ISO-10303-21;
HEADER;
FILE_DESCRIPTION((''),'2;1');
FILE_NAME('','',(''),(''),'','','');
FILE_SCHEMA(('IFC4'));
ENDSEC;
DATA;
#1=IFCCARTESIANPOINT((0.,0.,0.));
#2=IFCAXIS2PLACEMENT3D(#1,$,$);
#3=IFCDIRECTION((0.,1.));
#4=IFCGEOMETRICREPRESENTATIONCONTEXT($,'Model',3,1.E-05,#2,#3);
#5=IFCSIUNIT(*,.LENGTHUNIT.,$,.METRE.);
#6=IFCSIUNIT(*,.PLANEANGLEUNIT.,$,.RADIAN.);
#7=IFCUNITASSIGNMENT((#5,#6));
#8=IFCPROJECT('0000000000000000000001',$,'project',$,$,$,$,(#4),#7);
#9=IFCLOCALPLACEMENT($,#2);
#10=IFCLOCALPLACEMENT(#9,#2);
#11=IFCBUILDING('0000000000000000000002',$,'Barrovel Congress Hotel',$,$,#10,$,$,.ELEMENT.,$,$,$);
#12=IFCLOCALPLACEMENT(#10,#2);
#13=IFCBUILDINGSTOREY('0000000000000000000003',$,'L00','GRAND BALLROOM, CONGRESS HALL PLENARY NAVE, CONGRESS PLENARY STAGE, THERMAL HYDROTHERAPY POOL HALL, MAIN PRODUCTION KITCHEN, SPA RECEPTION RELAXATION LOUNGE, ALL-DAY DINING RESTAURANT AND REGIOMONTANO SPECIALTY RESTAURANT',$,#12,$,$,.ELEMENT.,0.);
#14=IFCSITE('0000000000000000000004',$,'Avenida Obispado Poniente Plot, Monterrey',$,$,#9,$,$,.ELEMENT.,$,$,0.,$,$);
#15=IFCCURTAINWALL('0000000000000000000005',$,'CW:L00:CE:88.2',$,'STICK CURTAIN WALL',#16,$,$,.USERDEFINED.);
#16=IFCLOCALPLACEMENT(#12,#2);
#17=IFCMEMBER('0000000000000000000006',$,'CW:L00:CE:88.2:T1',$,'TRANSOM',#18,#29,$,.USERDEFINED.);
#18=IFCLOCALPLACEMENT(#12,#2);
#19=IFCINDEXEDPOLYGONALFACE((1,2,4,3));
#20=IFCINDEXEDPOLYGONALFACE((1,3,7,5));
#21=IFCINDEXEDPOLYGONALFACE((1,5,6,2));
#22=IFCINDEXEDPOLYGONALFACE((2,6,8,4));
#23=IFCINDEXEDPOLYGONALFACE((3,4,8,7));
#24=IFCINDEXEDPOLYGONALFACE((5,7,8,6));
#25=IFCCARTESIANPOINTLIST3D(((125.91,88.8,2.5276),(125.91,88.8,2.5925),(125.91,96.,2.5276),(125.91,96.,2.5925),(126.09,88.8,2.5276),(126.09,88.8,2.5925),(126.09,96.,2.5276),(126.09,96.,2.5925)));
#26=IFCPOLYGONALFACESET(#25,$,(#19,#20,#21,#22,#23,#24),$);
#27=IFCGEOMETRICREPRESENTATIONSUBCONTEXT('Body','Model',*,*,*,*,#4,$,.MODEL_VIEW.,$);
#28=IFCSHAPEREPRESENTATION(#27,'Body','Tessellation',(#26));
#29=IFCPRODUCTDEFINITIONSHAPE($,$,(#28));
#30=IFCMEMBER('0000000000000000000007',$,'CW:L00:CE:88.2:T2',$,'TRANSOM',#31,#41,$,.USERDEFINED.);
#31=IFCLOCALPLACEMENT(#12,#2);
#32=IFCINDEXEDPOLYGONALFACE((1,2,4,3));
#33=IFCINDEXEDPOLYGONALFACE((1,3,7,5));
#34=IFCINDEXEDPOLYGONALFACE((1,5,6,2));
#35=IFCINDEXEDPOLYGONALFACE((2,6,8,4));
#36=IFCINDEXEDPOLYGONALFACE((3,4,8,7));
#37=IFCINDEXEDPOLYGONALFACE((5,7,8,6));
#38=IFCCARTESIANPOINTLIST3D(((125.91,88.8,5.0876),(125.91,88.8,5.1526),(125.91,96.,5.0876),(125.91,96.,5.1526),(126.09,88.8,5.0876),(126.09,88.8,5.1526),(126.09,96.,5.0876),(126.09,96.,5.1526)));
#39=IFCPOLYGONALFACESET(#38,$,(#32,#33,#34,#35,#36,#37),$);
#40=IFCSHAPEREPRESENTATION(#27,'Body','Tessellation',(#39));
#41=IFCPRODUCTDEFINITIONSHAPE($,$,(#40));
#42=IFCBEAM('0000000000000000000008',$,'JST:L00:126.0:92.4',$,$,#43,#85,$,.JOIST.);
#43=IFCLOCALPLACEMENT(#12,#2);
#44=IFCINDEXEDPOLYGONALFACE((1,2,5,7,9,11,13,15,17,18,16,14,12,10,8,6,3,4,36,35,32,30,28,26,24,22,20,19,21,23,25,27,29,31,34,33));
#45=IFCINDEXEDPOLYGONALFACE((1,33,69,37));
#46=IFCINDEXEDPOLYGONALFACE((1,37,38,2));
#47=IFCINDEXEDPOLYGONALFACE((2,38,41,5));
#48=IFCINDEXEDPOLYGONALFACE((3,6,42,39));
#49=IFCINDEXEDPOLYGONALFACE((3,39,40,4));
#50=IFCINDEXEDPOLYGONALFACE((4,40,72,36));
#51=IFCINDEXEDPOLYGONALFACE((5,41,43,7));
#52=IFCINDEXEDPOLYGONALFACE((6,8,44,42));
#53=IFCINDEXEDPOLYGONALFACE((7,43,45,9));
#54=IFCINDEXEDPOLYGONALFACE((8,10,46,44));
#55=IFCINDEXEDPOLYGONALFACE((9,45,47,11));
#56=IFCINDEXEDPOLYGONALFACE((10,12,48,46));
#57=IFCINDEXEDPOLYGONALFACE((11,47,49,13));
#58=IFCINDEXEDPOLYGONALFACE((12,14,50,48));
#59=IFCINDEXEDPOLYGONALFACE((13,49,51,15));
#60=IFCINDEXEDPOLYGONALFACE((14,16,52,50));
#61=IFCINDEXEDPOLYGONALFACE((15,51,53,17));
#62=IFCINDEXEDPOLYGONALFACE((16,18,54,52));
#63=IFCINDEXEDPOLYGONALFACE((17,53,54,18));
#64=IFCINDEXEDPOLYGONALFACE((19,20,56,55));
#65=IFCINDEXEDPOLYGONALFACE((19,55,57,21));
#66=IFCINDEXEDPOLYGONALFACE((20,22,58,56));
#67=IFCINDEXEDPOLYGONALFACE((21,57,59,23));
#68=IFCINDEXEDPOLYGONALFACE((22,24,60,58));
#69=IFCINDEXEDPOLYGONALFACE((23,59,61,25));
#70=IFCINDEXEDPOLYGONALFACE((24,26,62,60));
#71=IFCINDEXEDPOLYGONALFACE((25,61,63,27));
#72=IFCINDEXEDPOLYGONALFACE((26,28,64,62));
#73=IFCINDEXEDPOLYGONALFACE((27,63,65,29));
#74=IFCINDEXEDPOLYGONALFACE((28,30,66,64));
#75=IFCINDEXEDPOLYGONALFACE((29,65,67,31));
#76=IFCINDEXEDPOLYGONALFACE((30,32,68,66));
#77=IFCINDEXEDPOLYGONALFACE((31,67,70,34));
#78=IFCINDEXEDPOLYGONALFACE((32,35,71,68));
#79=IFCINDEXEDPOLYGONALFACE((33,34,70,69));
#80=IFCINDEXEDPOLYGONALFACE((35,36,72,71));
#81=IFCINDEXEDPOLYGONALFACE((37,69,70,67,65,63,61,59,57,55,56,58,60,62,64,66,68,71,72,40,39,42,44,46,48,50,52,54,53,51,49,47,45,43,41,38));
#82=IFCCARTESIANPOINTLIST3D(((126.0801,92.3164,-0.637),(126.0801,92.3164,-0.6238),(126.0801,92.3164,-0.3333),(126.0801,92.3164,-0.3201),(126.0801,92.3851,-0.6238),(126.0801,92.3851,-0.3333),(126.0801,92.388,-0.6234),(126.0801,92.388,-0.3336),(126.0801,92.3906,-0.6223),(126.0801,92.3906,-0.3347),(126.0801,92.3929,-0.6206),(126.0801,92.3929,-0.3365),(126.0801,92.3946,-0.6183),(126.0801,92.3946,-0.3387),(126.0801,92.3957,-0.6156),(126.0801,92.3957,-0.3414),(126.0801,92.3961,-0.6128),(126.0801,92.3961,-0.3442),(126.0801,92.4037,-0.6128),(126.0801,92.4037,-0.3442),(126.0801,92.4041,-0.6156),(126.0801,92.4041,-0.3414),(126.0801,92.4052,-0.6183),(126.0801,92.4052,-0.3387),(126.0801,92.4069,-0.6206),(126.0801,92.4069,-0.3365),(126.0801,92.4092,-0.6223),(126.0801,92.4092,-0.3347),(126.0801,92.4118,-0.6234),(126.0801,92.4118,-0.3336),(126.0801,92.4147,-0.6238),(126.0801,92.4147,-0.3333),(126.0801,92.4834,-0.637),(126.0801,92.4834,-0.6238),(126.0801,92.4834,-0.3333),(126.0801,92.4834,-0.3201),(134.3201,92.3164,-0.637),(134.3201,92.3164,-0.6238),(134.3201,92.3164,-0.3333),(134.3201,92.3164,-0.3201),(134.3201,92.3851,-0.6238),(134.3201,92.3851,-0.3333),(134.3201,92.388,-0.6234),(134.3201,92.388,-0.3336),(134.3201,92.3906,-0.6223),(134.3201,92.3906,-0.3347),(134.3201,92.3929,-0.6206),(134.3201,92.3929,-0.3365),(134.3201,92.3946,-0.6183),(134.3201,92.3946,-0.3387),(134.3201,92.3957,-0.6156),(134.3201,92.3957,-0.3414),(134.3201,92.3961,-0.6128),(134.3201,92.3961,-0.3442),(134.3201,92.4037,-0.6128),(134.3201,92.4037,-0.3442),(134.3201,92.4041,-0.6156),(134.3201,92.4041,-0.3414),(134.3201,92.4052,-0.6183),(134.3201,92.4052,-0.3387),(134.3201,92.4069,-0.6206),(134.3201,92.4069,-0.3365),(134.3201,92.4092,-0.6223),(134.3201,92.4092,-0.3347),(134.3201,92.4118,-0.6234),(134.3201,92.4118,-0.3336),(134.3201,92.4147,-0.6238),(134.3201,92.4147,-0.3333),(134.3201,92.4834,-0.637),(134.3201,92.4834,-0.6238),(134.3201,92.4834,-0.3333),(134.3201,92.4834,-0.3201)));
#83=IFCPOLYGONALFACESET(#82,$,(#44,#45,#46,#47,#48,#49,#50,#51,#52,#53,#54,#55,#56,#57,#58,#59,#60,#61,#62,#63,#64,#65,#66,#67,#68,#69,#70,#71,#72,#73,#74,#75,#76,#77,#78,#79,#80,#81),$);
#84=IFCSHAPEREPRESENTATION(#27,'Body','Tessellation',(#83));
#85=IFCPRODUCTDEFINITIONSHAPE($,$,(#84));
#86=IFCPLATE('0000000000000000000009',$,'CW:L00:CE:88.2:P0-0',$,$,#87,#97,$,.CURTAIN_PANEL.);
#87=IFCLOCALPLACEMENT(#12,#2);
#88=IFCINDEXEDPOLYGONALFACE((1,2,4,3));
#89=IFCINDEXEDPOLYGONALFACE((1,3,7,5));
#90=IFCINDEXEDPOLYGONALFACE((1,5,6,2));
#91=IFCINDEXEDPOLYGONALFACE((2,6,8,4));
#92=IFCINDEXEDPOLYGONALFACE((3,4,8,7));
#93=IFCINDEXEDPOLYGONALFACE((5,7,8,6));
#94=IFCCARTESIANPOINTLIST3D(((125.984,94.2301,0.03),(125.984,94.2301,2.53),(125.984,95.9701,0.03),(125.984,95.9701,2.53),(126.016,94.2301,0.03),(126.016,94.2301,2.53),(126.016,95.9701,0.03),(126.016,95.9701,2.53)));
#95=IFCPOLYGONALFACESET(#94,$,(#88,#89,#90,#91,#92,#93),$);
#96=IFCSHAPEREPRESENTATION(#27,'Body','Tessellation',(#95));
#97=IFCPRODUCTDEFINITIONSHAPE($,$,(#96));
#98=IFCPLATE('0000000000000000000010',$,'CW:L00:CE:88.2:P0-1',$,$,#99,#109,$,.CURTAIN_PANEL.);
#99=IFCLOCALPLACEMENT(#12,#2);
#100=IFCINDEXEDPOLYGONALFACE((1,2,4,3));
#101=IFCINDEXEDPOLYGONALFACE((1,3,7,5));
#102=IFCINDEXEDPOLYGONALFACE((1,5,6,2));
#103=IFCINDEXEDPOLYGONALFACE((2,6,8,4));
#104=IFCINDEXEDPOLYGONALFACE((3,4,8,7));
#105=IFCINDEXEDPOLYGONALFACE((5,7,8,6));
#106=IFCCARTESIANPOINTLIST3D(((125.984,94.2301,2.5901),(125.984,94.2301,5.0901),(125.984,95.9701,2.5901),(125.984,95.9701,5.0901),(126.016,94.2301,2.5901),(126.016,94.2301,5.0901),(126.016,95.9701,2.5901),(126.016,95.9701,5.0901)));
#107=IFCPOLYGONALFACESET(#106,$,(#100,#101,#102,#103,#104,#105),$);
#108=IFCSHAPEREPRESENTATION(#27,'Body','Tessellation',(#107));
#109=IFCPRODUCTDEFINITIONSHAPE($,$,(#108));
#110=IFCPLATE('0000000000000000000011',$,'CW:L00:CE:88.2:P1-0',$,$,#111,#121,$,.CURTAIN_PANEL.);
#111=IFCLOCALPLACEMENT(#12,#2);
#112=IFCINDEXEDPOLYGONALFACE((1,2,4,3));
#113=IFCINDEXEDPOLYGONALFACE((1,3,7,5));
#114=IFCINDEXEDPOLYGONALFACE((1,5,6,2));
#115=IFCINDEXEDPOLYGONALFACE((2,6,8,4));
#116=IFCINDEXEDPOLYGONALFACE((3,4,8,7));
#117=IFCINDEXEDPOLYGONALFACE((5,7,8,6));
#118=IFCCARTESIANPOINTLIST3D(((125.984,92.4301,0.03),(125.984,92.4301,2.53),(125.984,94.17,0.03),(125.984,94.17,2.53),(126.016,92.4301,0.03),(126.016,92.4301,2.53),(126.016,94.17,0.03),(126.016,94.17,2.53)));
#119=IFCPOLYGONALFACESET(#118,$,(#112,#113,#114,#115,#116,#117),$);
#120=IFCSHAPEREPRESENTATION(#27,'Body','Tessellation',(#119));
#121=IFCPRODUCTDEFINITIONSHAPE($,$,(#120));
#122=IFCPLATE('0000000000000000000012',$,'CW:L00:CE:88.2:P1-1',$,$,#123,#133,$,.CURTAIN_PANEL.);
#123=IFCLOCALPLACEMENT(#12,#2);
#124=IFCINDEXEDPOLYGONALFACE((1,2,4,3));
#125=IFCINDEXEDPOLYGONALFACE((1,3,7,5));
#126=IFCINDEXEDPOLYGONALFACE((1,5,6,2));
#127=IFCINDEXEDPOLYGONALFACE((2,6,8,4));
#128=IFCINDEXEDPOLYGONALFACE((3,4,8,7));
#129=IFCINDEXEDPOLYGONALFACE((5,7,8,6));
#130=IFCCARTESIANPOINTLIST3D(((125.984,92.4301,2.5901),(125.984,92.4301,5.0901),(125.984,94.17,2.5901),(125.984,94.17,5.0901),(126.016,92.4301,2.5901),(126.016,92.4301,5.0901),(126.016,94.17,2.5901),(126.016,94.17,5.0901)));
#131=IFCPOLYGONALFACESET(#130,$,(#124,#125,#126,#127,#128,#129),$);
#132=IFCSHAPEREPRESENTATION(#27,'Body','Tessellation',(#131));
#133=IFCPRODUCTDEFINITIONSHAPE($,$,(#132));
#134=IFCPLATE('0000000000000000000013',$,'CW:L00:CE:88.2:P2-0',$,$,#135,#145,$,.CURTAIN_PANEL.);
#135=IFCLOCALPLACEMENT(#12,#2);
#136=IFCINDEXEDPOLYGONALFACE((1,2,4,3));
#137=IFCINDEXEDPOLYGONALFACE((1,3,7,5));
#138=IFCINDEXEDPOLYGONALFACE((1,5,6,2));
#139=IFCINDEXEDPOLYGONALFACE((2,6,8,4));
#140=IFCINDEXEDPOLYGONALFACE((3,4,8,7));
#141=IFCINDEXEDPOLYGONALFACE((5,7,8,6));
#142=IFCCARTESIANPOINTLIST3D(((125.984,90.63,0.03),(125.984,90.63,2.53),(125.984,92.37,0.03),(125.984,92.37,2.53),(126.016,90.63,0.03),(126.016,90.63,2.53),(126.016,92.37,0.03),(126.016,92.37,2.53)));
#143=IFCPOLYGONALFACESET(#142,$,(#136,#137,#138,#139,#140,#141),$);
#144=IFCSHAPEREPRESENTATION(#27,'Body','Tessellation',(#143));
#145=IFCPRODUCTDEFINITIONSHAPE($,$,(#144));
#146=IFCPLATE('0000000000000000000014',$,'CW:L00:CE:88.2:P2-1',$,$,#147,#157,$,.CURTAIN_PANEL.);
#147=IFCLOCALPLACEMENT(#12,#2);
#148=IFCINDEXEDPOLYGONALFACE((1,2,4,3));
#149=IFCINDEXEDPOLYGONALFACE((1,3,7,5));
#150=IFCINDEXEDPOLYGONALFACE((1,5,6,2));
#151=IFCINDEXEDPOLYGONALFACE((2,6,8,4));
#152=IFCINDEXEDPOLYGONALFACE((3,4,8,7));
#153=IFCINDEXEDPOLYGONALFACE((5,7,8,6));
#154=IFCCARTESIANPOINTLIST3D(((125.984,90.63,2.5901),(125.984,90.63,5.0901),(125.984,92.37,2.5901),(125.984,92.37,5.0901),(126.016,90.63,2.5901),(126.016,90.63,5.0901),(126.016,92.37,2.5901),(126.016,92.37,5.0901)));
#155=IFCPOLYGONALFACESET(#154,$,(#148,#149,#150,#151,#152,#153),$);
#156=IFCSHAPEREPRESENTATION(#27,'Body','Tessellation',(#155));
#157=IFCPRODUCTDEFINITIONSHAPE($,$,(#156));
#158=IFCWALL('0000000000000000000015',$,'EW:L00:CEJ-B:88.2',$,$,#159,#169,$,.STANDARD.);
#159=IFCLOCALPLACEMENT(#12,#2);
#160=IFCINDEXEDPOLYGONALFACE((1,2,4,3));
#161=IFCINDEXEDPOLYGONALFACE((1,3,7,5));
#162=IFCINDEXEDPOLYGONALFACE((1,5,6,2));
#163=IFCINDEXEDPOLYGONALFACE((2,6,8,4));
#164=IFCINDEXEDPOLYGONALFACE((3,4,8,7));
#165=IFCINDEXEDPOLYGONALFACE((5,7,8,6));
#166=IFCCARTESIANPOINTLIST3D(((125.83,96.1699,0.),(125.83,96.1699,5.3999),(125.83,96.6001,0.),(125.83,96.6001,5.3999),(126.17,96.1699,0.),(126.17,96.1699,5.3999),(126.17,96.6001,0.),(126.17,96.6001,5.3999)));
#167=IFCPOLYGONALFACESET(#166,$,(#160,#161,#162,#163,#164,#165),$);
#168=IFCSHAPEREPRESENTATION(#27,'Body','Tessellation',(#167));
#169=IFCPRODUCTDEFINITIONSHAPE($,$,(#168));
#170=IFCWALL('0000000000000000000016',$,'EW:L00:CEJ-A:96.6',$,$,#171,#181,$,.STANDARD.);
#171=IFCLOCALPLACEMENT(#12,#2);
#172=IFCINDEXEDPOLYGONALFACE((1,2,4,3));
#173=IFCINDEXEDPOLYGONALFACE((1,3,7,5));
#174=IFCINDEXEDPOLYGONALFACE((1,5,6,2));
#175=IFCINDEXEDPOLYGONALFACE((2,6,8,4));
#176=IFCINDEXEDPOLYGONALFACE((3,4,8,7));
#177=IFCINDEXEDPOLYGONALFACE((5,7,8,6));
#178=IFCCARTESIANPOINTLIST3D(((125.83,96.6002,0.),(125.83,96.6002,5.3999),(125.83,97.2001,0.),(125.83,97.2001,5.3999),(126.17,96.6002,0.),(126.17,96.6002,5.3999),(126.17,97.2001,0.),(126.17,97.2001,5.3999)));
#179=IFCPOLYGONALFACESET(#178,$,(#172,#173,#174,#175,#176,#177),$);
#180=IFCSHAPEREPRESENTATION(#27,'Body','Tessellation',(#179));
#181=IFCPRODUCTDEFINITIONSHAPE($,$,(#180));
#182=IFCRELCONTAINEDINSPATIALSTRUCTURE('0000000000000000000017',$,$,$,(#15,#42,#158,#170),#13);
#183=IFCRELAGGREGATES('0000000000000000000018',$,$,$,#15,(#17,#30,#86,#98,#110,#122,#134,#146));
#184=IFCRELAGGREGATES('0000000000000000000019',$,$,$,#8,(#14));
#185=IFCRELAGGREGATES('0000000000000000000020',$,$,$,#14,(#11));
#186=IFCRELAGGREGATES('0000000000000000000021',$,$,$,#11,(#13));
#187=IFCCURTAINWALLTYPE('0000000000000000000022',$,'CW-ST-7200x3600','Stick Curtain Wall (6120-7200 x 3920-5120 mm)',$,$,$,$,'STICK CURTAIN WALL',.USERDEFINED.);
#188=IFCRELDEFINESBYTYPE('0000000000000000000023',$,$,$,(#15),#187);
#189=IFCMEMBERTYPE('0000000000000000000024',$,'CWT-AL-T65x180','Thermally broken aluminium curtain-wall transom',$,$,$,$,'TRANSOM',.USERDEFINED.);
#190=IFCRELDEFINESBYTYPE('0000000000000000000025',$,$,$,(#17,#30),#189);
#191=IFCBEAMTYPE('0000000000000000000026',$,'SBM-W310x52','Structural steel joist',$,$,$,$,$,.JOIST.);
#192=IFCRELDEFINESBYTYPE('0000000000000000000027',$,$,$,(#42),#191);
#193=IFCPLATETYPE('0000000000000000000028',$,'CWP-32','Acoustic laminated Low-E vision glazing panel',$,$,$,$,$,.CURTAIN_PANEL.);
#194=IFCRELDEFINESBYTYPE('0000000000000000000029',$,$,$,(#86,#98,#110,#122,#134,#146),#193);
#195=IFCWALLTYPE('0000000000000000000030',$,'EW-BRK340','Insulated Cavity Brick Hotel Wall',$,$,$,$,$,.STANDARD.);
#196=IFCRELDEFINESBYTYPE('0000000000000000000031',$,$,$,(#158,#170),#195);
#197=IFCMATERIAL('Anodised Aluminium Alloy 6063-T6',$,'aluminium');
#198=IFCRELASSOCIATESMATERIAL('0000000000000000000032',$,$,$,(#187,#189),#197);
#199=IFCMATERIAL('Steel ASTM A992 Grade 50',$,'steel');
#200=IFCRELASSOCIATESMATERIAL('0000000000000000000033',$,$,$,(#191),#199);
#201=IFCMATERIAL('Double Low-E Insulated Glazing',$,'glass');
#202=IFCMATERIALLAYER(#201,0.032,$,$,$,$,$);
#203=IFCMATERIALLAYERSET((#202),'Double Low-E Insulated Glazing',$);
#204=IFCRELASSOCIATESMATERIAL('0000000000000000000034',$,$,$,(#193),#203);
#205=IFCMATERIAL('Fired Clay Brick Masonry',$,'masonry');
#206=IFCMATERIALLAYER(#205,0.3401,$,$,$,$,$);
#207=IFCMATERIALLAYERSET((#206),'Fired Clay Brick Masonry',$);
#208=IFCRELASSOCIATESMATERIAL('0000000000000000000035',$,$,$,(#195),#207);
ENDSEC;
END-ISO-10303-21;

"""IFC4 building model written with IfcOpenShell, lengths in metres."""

from ifc_helpers import new_model, si_unit, direction, frame, frame_2d, origin, origin_2d, place, context, subcontext, project, spatial, rectangle, i_section, extrude, material, layer, layer_set, material_profile, profile_set, type_object, element, aggregate, save


model = new_model("IFC4")

# Units and contexts
model_context = context("Model", 3, precision=1e-05, world=origin(), true_north=direction((0.0, 1.0)))
body_context = subcontext(model_context, "Body", "Model", "MODEL_VIEW")
ifc_project = project(units=[si_unit("LENGTHUNIT", "METRE"), si_unit("PLANEANGLEUNIT", "RADIAN")], contexts=[model_context])

# Site, building, storey
site_placement = place(None, origin())
site = spatial("IfcSite", under=ifc_project, at=site_placement, Name="Avenida Obispado Poniente Plot, Monterrey", CompositionType="ELEMENT", RefElevation=0.0)
building_placement = place(site_placement, origin())
building = spatial("IfcBuilding", under=site, at=building_placement, Name="Barrovel Congress Hotel", CompositionType="ELEMENT")
storey_placement = place(building_placement, origin())
storey = spatial("IfcBuildingStorey", under=building, at=storey_placement, Name="L00", Description="GRAND BALLROOM, CONGRESS HALL PLENARY NAVE, CONGRESS PLENARY STAGE, THERMAL HYDROTHERAPY POOL HALL, MAIN PRODUCTION KITCHEN, SPA RECEPTION RELAXATION LOUNGE, ALL-DAY DINING RESTAURANT AND REGIOMONTANO SPECIALTY RESTAURANT", CompositionType="ELEMENT", Elevation=0.0)

# Curtain wall, members
ifc_material_1 = material(Name="Anodised Aluminium Alloy 6063-T6", Category="aluminium")
curtain_wall_type = type_object("IfcCurtainWallType", Name="CW-ST-7200x3600", Description="Stick Curtain Wall (6120-7200 x 3920-5120 mm)", ElementType="STICK CURTAIN WALL", PredefinedType="USERDEFINED", material=ifc_material_1)
curtain_wall_placement = place(storey_placement, origin())
curtain_wall = element("IfcCurtainWall", 1, at=curtain_wall_placement, inside=storey, type_object=curtain_wall_type, Name="CW:L00:CE:88.2", ObjectType="STICK CURTAIN WALL", PredefinedType="USERDEFINED")
ifc_material_profile_1 = material_profile(ifc_material_1, rectangle(XDim=0.1799, YDim=0.0649, at=origin_2d()), Name="AL-T65x180")
ifc_profile_set_1 = profile_set([ifc_material_profile_1], Name="Anodised Aluminium Alloy 6063-T6")
member_type_1 = type_object("IfcMemberType", Name="CWT-AL-T65x180", Description="Thermally broken aluminium curtain-wall transom", ElementType="TRANSOM", PredefinedType="USERDEFINED", material=ifc_profile_set_1)
member_1_placement = place(storey_placement, frame((126.0, 96.0, 2.5601), z_axis=(0.0, -1.0, 0.0), x_axis=(1.0, 0.0, 0.0)))
member_1 = element("IfcMember", 2, at=member_1_placement, type_object=member_type_1, Name="CW:L00:CE:88.2:T1", ObjectType="TRANSOM", PredefinedType="USERDEFINED", context=body_context, shape_type="SweptSolid", body=[
    extrude(rectangle(XDim=0.1799, YDim=0.0649, at=origin_2d()), origin(), (0.0, 0.0, 1.0), 7.2),
])
member_2_placement = place(storey_placement, frame((126.0, 96.0, 5.1201), z_axis=(0.0, -1.0, 0.0), x_axis=(1.0, 0.0, 0.0)))
member_2 = element("IfcMember", 3, at=member_2_placement, type_object=member_type_1, Name="CW:L00:CE:88.2:T2", ObjectType="TRANSOM", PredefinedType="USERDEFINED", context=body_context, shape_type="SweptSolid", body=[
    extrude(rectangle(XDim=0.1799, YDim=0.0649, at=origin_2d()), origin(), (0.0, 0.0, 1.0), 7.2),
])

# Beam
ifc_material_2 = material(Name="Steel ASTM A992 Grade 50", Category="steel")
ifc_material_profile_2 = material_profile(ifc_material_2, i_section(OverallWidth=0.167, OverallDepth=0.3169, WebThickness=0.0076, FlangeThickness=0.0132, FilletRadius=0.011, at=origin_2d()), Name="W310x52")
ifc_profile_set_2 = profile_set([ifc_material_profile_2], Name="Steel ASTM A992 Grade 50")
beam_type_1 = type_object("IfcBeamType", Name="SBM-W310x52", Description="Structural steel joist", PredefinedType="JOIST", material=ifc_profile_set_2)
beam_placement = place(storey_placement, frame((126.0801, 92.3999, -0.4785), z_axis=(1.0, 0.0, 0.0), x_axis=(0.0, 1.0, 0.0)))
element("IfcBeam", 4, at=beam_placement, inside=storey, type_object=beam_type_1, Name="JST:L00:126.0:92.4", PredefinedType="JOIST", context=body_context, shape_type="SweptSolid", body=[
    extrude(i_section(OverallWidth=0.167, OverallDepth=0.3169, WebThickness=0.0076, FlangeThickness=0.0132, FilletRadius=0.011, at=origin_2d()), origin(), (0.0, 0.0, 1.0), 8.24),
])

# Plates
ifc_material_3 = material(Name="Double Low-E Insulated Glazing", Category="glass")
ifc_layer_1 = layer(ifc_material_3, 0.032)
ifc_layer_set_1 = layer_set([ifc_layer_1], Name="Double Low-E Insulated Glazing")
plate_type = type_object("IfcPlateType", Name="CWP-32", Description="Acoustic laminated Low-E vision glazing panel", PredefinedType="CURTAIN_PANEL", material=ifc_layer_set_1)
plate_1_placement = place(storey_placement, frame((126.0, 95.1001, 0.03), z_axis=(0.0, 0.0, 1.0), x_axis=(0.0, -1.0, 0.0)))
plate_1 = element("IfcPlate", 5, at=plate_1_placement, type_object=plate_type, Name="CW:L00:CE:88.2:P0-0", PredefinedType="CURTAIN_PANEL", context=body_context, shape_type="SweptSolid", body=[
    extrude(rectangle(XDim=1.74, YDim=0.032, at=origin_2d()), origin(), (0.0, 0.0, 1.0), 2.5),
])
plate_2_placement = place(storey_placement, frame((126.0, 95.1001, 2.5901), z_axis=(0.0, 0.0, 1.0), x_axis=(0.0, -1.0, 0.0)))
plate_2 = element("IfcPlate", 6, at=plate_2_placement, type_object=plate_type, Name="CW:L00:CE:88.2:P0-1", PredefinedType="CURTAIN_PANEL", context=body_context, shape_type="SweptSolid", body=[
    extrude(rectangle(XDim=1.74, YDim=0.032, at=origin_2d()), origin(), (0.0, 0.0, 1.0), 2.5),
])
plate_3_placement = place(storey_placement, frame((126.0, 93.3, 0.03), z_axis=(0.0, 0.0, 1.0), x_axis=(0.0, -1.0, 0.0)))
plate_3 = element("IfcPlate", 7, at=plate_3_placement, type_object=plate_type, Name="CW:L00:CE:88.2:P1-0", PredefinedType="CURTAIN_PANEL", context=body_context, shape_type="SweptSolid", body=[
    extrude(rectangle(XDim=1.74, YDim=0.032, at=origin_2d()), origin(), (0.0, 0.0, 1.0), 2.5),
])
plate_4_placement = place(storey_placement, frame((126.0, 93.3, 2.5901), z_axis=(0.0, 0.0, 1.0), x_axis=(0.0, -1.0, 0.0)))
plate_4 = element("IfcPlate", 8, at=plate_4_placement, type_object=plate_type, Name="CW:L00:CE:88.2:P1-1", PredefinedType="CURTAIN_PANEL", context=body_context, shape_type="SweptSolid", body=[
    extrude(rectangle(XDim=1.74, YDim=0.032, at=origin_2d()), origin(), (0.0, 0.0, 1.0), 2.5),
])
plate_5_placement = place(storey_placement, frame((126.0, 91.5, 0.03), z_axis=(0.0, 0.0, 1.0), x_axis=(0.0, -1.0, 0.0)))
plate_5 = element("IfcPlate", 9, at=plate_5_placement, type_object=plate_type, Name="CW:L00:CE:88.2:P2-0", PredefinedType="CURTAIN_PANEL", context=body_context, shape_type="SweptSolid", body=[
    extrude(rectangle(XDim=1.74, YDim=0.032, at=origin_2d()), origin(), (0.0, 0.0, 1.0), 2.5),
])
plate_6_placement = place(storey_placement, frame((126.0, 91.5, 2.5901), z_axis=(0.0, 0.0, 1.0), x_axis=(0.0, -1.0, 0.0)))
plate_6 = element("IfcPlate", 10, at=plate_6_placement, type_object=plate_type, Name="CW:L00:CE:88.2:P2-1", PredefinedType="CURTAIN_PANEL", context=body_context, shape_type="SweptSolid", body=[
    extrude(rectangle(XDim=1.74, YDim=0.032, at=origin_2d()), origin(), (0.0, 0.0, 1.0), 2.5),
])
aggregate(curtain_wall, [member_1, member_2, plate_1, plate_2, plate_3, plate_4, plate_5, plate_6])

# Walls
ifc_material_4 = material(Name="Fired Clay Brick Masonry", Category="masonry")
ifc_layer_2 = layer(ifc_material_4, 0.3401)
ifc_layer_set_2 = layer_set([ifc_layer_2], Name="Fired Clay Brick Masonry")
wall_type = type_object("IfcWallType", Name="EW-BRK340", Description="Insulated Cavity Brick Hotel Wall", PredefinedType="STANDARD", material=ifc_layer_set_2)
wall_1_placement = place(storey_placement, frame((126.0, 96.6001, 0.0), z_axis=(0.0, 0.0, 1.0), x_axis=(0.0, -1.0, 0.0)))
element("IfcWall", 11, at=wall_1_placement, inside=storey, type_object=wall_type, Name="EW:L00:CEJ-B:88.2", PredefinedType="STANDARD", context=body_context, shape_type="SweptSolid", body=[
    extrude(rectangle(XDim=0.4302, YDim=0.3401, at=frame_2d((0.2151, 0.0))), origin(), (0.0, 0.0, 1.0), 5.3999),
])
wall_2_placement = place(storey_placement, frame((126.0, 97.2, 0.0), z_axis=(0.0, 0.0, 1.0), x_axis=(0.0, -1.0, 0.0)))
element("IfcWall", 12, at=wall_2_placement, inside=storey, type_object=wall_type, Name="EW:L00:CEJ-A:96.6", PredefinedType="STANDARD", context=body_context, shape_type="SweptSolid", body=[
    extrude(rectangle(XDim=0.5999, YDim=0.3401, at=frame_2d((0.2998, 0.0))), origin(), (0.0, 0.0, 1.0), 5.3999),
])

save(model, "model.ifc")
